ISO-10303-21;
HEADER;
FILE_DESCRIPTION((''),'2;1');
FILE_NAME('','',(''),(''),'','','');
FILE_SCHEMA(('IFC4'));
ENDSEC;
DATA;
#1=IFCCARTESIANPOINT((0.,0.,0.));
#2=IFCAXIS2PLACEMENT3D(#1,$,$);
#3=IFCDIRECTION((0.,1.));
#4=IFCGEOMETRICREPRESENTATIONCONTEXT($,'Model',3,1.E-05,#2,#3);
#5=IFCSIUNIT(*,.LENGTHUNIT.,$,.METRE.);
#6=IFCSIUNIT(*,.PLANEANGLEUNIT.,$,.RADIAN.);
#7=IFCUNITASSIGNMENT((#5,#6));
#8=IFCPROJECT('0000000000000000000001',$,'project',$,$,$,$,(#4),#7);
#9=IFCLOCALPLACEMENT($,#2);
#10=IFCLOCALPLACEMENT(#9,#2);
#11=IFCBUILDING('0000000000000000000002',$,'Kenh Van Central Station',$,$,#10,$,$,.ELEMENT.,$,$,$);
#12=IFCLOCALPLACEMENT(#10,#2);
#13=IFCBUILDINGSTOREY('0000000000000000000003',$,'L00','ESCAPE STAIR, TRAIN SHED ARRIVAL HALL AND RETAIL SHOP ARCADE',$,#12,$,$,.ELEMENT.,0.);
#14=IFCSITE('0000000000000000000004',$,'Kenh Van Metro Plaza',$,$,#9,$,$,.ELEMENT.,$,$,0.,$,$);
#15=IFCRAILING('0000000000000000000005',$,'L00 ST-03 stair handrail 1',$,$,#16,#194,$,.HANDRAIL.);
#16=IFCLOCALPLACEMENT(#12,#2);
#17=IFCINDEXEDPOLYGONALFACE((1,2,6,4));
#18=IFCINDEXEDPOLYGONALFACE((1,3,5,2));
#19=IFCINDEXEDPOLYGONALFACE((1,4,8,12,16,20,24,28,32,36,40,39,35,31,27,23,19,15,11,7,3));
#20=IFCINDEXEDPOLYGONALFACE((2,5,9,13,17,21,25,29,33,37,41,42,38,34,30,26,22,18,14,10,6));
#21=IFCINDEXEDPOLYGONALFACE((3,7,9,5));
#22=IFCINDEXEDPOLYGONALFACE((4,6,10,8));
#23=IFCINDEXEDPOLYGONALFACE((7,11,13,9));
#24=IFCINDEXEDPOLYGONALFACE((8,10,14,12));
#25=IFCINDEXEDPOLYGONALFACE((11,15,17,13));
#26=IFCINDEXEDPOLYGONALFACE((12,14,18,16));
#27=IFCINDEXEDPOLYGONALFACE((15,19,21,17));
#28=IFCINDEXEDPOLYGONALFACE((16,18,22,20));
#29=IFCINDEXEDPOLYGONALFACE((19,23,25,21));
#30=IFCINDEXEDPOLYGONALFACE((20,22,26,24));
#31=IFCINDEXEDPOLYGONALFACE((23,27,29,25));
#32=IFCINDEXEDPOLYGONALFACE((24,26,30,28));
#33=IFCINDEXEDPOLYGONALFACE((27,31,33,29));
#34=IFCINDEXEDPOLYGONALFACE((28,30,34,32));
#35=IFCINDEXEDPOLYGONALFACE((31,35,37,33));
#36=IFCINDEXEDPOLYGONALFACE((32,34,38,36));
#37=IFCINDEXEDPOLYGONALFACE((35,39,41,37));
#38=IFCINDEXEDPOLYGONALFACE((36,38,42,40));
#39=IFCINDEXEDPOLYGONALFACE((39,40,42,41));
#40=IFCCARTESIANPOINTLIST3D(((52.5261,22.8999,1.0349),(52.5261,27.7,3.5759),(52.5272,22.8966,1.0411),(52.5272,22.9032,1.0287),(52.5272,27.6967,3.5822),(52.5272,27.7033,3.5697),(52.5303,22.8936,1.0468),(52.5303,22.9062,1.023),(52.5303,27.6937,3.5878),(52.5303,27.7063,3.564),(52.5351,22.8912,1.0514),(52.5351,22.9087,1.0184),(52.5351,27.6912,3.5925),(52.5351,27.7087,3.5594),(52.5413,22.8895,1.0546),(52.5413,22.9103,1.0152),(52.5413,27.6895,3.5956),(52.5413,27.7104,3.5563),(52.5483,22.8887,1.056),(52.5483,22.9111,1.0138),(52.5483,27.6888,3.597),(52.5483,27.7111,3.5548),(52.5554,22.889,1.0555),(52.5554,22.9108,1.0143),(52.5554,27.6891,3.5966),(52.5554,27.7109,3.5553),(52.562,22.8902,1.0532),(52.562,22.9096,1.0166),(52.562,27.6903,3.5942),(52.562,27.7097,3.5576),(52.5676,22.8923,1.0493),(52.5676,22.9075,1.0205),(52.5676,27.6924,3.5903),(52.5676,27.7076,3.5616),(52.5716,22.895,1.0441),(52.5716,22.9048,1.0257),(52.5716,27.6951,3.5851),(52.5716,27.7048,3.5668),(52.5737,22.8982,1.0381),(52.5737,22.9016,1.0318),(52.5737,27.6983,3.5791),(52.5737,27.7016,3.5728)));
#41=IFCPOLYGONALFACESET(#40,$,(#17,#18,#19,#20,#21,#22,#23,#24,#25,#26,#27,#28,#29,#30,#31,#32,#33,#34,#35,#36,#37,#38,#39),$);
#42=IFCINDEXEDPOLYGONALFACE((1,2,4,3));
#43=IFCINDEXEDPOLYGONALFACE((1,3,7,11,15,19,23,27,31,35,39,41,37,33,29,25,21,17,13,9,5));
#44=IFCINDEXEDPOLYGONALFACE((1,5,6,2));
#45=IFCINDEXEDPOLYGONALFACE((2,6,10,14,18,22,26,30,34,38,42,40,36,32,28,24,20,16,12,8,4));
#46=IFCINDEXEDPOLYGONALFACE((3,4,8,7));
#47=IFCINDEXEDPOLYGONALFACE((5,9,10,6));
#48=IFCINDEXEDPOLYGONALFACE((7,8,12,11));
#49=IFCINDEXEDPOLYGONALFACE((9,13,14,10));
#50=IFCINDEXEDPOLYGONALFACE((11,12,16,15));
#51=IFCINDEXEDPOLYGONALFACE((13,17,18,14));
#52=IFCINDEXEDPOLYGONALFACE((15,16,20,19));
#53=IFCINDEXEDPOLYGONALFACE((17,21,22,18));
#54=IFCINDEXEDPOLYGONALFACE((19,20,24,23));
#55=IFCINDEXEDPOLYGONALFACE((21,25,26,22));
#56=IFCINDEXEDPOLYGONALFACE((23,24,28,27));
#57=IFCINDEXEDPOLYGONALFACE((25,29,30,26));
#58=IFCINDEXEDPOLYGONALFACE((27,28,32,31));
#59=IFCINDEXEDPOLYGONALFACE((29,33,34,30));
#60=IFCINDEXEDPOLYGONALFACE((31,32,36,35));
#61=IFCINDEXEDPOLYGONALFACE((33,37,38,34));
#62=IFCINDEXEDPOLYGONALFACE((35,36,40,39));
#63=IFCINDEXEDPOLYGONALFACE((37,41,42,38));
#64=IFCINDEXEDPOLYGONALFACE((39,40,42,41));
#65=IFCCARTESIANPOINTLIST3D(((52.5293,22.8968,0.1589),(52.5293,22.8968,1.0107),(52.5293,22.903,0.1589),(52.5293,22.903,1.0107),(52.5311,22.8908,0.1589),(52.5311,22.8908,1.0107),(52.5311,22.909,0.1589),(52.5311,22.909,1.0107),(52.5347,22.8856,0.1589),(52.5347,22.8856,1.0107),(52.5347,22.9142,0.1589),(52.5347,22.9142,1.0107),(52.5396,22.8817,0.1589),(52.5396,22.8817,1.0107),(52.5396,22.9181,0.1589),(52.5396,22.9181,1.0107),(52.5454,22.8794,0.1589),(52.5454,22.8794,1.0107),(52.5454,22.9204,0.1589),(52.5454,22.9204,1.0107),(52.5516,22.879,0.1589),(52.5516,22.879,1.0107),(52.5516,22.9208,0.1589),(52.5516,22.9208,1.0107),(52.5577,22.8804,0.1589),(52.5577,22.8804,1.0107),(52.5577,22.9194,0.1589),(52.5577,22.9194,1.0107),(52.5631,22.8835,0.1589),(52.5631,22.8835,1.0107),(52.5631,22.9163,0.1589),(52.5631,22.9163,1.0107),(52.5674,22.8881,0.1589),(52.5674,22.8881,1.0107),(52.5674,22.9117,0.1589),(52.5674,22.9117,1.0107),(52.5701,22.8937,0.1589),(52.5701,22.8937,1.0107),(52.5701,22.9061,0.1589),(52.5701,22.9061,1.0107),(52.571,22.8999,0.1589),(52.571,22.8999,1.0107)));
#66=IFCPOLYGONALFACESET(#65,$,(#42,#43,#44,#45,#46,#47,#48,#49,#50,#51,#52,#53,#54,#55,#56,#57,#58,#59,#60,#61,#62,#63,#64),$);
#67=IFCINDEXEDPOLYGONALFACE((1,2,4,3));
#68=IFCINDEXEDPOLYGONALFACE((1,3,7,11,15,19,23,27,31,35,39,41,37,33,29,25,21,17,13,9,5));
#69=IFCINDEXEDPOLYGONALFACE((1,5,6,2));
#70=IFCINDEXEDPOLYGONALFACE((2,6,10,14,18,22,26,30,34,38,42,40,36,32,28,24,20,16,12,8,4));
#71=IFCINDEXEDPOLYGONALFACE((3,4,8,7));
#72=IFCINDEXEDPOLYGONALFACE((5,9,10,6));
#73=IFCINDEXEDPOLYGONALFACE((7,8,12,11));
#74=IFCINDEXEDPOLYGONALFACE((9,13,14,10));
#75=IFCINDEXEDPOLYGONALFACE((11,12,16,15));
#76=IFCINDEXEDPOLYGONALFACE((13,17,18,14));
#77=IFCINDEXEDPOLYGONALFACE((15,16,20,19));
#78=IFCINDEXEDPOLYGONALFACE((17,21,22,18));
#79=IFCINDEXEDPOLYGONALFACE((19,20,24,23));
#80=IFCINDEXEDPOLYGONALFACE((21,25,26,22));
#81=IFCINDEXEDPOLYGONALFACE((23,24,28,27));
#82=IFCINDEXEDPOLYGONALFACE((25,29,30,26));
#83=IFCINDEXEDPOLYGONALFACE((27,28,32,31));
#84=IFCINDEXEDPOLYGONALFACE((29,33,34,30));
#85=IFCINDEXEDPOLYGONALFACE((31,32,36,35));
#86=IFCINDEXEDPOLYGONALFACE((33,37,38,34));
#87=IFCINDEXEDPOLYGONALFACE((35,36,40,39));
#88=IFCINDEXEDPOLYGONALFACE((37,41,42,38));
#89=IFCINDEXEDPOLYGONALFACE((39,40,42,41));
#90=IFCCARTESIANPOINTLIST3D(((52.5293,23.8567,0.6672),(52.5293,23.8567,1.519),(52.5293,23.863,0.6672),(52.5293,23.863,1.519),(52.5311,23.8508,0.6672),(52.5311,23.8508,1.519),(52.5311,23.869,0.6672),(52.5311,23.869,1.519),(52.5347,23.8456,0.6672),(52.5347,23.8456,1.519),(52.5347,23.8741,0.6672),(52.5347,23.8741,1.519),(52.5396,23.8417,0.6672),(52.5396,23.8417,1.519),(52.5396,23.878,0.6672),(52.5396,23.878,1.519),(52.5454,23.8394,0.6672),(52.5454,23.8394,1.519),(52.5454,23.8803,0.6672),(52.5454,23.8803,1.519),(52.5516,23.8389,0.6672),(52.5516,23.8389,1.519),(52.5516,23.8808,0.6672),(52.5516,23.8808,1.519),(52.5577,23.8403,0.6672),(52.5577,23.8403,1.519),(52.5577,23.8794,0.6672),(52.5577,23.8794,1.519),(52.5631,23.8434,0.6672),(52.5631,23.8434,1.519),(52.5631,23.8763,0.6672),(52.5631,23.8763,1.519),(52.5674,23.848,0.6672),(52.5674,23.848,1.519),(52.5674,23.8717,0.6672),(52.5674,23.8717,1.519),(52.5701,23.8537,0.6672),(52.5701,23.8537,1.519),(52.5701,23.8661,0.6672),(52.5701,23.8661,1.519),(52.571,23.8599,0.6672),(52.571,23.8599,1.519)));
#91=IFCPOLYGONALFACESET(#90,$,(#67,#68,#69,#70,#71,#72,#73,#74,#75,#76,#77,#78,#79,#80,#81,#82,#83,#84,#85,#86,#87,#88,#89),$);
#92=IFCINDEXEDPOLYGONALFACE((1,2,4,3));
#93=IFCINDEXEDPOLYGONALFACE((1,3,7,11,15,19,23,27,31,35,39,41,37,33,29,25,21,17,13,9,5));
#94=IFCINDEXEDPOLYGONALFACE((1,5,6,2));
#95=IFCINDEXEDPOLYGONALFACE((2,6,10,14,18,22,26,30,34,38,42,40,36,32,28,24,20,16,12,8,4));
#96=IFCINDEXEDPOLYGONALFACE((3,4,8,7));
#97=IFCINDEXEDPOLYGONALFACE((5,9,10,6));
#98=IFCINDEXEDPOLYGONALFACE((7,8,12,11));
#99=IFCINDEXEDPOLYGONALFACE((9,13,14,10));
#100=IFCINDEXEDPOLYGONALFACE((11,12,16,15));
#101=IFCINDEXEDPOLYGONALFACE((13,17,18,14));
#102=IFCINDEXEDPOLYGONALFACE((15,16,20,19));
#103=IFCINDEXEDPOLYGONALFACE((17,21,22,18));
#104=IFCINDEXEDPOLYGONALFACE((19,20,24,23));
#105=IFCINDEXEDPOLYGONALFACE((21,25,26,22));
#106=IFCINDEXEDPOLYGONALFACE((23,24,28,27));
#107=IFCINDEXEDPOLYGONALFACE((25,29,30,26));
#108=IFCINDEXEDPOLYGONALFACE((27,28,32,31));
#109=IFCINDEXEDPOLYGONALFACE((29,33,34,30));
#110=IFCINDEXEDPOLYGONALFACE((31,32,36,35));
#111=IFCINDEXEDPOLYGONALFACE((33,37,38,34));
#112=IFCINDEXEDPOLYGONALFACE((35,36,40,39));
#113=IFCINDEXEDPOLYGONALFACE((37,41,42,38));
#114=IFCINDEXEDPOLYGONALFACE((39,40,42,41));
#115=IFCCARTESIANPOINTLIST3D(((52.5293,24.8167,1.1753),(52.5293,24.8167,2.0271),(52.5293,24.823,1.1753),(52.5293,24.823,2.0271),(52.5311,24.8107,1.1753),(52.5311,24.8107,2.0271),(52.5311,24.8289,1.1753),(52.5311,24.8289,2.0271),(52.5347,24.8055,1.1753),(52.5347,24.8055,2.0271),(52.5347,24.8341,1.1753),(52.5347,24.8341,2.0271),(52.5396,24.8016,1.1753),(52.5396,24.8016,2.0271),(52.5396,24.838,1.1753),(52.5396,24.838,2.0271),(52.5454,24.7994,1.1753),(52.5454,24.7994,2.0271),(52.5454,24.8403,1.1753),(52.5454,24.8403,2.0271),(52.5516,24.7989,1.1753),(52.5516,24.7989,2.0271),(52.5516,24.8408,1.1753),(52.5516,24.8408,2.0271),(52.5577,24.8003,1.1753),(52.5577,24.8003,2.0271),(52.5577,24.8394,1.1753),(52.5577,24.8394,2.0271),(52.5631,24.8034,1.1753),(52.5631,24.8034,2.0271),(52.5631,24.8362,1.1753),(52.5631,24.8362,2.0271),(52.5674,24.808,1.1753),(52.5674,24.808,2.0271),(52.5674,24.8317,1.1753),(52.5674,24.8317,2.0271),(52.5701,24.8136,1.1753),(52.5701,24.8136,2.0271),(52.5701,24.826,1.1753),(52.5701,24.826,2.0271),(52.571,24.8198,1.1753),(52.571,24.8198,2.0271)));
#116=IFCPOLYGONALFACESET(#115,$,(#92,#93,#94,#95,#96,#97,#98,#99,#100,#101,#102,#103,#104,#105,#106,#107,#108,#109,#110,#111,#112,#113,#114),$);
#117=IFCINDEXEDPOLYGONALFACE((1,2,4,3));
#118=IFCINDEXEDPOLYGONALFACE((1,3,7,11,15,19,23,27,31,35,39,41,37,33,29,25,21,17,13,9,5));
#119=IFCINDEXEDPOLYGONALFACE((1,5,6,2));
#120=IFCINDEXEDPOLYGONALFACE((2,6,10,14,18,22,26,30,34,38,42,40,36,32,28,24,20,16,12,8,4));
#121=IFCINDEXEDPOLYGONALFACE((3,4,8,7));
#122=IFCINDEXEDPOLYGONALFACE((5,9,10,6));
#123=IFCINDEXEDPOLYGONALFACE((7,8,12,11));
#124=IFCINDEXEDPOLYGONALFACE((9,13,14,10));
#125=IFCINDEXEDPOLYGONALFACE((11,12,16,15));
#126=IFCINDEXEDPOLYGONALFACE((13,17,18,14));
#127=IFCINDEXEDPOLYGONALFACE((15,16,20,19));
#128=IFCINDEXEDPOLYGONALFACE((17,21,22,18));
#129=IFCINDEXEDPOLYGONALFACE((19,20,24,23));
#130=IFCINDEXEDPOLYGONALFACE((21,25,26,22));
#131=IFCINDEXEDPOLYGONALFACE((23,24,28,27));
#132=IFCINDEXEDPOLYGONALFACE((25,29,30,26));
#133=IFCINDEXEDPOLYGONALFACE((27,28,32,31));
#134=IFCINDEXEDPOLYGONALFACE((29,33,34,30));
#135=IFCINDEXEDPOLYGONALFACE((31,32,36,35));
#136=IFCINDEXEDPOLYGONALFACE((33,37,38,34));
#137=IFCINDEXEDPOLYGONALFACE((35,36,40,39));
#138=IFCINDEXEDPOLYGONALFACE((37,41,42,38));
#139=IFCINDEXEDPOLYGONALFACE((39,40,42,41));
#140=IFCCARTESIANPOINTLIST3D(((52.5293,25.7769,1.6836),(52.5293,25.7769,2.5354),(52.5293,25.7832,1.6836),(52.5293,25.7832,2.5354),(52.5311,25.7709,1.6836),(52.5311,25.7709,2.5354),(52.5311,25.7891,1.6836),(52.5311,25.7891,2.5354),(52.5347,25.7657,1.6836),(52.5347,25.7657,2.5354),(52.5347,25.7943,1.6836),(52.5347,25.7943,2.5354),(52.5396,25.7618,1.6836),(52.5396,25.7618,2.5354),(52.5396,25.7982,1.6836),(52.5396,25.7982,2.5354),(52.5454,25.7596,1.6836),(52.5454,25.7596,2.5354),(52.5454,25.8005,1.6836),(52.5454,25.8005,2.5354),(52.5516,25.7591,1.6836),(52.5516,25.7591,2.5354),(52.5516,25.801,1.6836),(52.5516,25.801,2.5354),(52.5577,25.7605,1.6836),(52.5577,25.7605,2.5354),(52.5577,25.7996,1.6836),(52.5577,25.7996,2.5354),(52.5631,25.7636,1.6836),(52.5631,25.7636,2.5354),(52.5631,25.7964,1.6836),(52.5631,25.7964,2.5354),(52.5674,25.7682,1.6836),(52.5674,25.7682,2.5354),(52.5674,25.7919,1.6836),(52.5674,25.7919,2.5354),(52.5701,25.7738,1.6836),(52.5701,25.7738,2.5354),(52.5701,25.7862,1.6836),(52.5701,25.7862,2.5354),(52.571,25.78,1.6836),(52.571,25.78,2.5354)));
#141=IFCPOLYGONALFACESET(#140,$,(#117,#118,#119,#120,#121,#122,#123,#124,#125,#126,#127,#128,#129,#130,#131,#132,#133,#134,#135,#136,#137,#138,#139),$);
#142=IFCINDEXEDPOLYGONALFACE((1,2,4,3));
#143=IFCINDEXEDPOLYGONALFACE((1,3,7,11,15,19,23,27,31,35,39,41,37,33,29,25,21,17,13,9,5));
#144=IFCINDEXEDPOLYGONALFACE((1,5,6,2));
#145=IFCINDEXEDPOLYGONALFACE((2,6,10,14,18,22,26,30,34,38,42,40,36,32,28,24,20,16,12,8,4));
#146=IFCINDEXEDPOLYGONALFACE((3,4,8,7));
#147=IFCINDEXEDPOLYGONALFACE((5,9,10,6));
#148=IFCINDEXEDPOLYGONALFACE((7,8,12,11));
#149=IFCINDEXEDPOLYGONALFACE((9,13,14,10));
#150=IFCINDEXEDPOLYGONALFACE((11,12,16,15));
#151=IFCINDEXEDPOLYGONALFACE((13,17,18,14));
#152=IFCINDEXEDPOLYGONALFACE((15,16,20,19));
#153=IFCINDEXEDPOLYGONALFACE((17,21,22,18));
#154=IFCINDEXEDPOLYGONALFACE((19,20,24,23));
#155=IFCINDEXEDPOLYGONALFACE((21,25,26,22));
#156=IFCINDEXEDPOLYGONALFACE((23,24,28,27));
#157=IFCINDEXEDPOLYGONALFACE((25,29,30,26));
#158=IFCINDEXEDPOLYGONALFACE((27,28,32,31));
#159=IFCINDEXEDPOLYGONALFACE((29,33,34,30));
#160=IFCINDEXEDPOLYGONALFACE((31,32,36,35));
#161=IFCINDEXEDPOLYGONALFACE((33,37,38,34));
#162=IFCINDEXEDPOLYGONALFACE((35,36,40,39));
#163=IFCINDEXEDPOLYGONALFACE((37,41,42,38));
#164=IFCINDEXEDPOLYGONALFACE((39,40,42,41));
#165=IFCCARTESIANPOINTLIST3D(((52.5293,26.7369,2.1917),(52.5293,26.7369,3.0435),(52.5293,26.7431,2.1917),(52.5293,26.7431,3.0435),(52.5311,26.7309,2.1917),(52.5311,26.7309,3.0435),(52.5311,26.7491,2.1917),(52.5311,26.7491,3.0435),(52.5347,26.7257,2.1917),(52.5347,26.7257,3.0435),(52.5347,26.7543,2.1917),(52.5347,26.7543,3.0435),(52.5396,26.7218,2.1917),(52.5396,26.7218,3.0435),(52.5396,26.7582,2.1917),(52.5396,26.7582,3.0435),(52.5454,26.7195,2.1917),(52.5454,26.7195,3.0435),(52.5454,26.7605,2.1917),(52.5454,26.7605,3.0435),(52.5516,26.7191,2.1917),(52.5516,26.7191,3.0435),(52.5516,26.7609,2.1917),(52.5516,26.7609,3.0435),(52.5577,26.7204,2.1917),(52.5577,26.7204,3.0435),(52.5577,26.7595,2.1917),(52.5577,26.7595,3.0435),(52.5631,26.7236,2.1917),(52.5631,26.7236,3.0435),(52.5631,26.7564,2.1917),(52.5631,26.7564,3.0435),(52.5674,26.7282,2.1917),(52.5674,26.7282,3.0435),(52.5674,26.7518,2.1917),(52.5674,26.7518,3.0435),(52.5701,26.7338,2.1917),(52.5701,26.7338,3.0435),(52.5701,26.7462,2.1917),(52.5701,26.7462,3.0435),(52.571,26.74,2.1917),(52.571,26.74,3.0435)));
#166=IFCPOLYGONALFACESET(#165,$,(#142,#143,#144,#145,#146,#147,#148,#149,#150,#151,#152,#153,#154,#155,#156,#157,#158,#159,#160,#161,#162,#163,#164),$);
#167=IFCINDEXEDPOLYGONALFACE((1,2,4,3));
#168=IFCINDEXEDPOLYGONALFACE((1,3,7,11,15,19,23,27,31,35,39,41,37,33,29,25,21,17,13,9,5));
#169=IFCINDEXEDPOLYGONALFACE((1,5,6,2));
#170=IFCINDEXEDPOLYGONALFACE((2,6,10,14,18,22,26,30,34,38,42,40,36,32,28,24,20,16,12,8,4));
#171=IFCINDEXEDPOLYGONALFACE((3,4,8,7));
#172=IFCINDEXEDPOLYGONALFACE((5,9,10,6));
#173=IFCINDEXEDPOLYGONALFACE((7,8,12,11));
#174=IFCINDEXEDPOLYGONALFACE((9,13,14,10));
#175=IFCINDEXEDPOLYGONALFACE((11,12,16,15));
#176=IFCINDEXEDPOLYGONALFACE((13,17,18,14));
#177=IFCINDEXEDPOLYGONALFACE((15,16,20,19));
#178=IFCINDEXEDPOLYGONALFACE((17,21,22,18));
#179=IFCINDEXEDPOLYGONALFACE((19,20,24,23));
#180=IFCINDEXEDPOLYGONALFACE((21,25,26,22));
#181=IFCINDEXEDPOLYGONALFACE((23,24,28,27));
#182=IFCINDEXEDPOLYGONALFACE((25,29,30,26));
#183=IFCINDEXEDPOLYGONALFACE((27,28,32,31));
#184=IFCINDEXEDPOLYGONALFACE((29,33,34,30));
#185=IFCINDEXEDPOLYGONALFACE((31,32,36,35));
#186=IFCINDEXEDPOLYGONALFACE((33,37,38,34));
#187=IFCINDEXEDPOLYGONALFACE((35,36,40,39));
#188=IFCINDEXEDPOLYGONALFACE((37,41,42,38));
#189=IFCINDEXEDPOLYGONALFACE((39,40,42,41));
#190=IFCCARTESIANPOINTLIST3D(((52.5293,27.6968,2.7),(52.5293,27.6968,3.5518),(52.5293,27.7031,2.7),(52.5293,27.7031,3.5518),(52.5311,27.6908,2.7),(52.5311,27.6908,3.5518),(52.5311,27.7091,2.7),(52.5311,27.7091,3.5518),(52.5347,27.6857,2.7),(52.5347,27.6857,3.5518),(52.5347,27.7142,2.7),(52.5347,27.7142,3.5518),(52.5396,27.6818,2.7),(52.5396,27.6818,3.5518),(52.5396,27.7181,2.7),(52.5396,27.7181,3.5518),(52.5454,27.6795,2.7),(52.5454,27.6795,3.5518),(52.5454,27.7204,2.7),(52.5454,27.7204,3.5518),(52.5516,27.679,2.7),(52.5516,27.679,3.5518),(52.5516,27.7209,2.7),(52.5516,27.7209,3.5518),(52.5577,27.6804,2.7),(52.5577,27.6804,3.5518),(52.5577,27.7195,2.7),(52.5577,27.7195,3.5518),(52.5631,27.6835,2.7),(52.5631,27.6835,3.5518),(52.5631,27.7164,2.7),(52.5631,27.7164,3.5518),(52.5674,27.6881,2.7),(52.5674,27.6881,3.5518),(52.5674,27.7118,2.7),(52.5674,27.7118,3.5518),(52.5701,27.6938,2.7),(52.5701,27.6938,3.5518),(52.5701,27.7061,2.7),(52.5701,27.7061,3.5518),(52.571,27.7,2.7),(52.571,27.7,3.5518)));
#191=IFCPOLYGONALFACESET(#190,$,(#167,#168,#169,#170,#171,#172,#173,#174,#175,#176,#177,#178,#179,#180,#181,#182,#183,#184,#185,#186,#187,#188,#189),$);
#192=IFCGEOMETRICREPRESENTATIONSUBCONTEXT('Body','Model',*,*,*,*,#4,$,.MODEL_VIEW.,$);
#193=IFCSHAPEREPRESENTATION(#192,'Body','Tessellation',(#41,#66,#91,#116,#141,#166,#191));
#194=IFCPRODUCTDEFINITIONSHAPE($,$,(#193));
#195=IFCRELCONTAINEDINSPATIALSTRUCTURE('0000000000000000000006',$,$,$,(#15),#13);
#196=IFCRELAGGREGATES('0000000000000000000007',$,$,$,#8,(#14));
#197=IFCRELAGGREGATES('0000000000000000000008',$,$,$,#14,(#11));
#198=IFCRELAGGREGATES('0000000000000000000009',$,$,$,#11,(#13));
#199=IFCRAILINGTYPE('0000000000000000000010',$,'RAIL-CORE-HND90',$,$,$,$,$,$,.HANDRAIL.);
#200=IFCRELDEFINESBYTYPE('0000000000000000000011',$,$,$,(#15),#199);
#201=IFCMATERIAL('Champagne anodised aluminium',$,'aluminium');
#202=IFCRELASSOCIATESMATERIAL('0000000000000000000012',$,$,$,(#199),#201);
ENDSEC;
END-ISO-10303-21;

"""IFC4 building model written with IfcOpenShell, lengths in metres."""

from ifc_helpers import new_model, si_unit, direction, frame, origin, origin_2d, place, context, subcontext, project, spatial, circle, extrude, material, type_object, element, save


model = new_model("IFC4")

# Units and contexts
model_context = context("Model", 3, precision=1e-05, world=origin(), true_north=direction((0.0, 1.0)))
body_context = subcontext(model_context, "Body", "Model", "MODEL_VIEW")
ifc_project = project(units=[si_unit("LENGTHUNIT", "METRE"), si_unit("PLANEANGLEUNIT", "RADIAN")], contexts=[model_context])

# Site, building, storey
site_placement = place(None, origin())
site = spatial("IfcSite", under=ifc_project, at=site_placement, Name="Kenh Van Metro Plaza", CompositionType="ELEMENT", RefElevation=0.0)
building_placement = place(site_placement, origin())
building = spatial("IfcBuilding", under=site, at=building_placement, Name="Kenh Van Central Station", CompositionType="ELEMENT")
storey_placement = place(building_placement, origin())
storey = spatial("IfcBuildingStorey", under=building, at=storey_placement, Name="L00", Description="ESCAPE STAIR, TRAIN SHED ARRIVAL HALL AND RETAIL SHOP ARCADE", CompositionType="ELEMENT", Elevation=0.0)

# Railing
ifc_material_1 = material(Name="Champagne anodised aluminium", Category="aluminium")
railing_type_1 = type_object("IfcRailingType", Name="RAIL-CORE-HND90", PredefinedType="HANDRAIL", material=ifc_material_1)
railing_1_placement = place(storey_placement, frame((52.55, 22.8999, 0.1589)))
element("IfcRailing", 1, at=railing_1_placement, inside=storey, type_object=railing_type_1, Name="L00 ST-03 stair handrail 1", PredefinedType="HANDRAIL", context=body_context, shape_type="SweptSolid", body=[
    extrude(circle(Radius=0.0239, at=origin_2d()), frame((0.0, 0.0, 0.876), z_axis=(0.0, 0.883802, 0.467861), x_axis=(-1.0, 0.0, 0.0)), (0.0, 0.0, 1.0), 5.4312),
    extrude(circle(Radius=0.021, at=origin_2d()), origin(), (0.0, 0.0, 1.0), 0.8518),
    extrude(circle(Radius=0.021, at=origin_2d()), frame((0.0, 0.96, 0.5083)), (0.0, 0.0, 1.0), 0.8518),
    extrude(circle(Radius=0.021, at=origin_2d()), frame((0.0, 1.9199, 1.0164)), (0.0, 0.0, 1.0), 0.8518),
    extrude(circle(Radius=0.021, at=origin_2d()), frame((0.0, 2.8801, 1.5247)), (0.0, 0.0, 1.0), 0.8518),
    extrude(circle(Radius=0.021, at=origin_2d()), frame((0.0, 3.8401, 2.0327)), (0.0, 0.0, 1.0), 0.8518),
    extrude(circle(Radius=0.021, at=origin_2d()), frame((0.0, 4.8, 2.541)), (0.0, 0.0, 1.0), 0.8518),
])

save(model, "model.ifc")
